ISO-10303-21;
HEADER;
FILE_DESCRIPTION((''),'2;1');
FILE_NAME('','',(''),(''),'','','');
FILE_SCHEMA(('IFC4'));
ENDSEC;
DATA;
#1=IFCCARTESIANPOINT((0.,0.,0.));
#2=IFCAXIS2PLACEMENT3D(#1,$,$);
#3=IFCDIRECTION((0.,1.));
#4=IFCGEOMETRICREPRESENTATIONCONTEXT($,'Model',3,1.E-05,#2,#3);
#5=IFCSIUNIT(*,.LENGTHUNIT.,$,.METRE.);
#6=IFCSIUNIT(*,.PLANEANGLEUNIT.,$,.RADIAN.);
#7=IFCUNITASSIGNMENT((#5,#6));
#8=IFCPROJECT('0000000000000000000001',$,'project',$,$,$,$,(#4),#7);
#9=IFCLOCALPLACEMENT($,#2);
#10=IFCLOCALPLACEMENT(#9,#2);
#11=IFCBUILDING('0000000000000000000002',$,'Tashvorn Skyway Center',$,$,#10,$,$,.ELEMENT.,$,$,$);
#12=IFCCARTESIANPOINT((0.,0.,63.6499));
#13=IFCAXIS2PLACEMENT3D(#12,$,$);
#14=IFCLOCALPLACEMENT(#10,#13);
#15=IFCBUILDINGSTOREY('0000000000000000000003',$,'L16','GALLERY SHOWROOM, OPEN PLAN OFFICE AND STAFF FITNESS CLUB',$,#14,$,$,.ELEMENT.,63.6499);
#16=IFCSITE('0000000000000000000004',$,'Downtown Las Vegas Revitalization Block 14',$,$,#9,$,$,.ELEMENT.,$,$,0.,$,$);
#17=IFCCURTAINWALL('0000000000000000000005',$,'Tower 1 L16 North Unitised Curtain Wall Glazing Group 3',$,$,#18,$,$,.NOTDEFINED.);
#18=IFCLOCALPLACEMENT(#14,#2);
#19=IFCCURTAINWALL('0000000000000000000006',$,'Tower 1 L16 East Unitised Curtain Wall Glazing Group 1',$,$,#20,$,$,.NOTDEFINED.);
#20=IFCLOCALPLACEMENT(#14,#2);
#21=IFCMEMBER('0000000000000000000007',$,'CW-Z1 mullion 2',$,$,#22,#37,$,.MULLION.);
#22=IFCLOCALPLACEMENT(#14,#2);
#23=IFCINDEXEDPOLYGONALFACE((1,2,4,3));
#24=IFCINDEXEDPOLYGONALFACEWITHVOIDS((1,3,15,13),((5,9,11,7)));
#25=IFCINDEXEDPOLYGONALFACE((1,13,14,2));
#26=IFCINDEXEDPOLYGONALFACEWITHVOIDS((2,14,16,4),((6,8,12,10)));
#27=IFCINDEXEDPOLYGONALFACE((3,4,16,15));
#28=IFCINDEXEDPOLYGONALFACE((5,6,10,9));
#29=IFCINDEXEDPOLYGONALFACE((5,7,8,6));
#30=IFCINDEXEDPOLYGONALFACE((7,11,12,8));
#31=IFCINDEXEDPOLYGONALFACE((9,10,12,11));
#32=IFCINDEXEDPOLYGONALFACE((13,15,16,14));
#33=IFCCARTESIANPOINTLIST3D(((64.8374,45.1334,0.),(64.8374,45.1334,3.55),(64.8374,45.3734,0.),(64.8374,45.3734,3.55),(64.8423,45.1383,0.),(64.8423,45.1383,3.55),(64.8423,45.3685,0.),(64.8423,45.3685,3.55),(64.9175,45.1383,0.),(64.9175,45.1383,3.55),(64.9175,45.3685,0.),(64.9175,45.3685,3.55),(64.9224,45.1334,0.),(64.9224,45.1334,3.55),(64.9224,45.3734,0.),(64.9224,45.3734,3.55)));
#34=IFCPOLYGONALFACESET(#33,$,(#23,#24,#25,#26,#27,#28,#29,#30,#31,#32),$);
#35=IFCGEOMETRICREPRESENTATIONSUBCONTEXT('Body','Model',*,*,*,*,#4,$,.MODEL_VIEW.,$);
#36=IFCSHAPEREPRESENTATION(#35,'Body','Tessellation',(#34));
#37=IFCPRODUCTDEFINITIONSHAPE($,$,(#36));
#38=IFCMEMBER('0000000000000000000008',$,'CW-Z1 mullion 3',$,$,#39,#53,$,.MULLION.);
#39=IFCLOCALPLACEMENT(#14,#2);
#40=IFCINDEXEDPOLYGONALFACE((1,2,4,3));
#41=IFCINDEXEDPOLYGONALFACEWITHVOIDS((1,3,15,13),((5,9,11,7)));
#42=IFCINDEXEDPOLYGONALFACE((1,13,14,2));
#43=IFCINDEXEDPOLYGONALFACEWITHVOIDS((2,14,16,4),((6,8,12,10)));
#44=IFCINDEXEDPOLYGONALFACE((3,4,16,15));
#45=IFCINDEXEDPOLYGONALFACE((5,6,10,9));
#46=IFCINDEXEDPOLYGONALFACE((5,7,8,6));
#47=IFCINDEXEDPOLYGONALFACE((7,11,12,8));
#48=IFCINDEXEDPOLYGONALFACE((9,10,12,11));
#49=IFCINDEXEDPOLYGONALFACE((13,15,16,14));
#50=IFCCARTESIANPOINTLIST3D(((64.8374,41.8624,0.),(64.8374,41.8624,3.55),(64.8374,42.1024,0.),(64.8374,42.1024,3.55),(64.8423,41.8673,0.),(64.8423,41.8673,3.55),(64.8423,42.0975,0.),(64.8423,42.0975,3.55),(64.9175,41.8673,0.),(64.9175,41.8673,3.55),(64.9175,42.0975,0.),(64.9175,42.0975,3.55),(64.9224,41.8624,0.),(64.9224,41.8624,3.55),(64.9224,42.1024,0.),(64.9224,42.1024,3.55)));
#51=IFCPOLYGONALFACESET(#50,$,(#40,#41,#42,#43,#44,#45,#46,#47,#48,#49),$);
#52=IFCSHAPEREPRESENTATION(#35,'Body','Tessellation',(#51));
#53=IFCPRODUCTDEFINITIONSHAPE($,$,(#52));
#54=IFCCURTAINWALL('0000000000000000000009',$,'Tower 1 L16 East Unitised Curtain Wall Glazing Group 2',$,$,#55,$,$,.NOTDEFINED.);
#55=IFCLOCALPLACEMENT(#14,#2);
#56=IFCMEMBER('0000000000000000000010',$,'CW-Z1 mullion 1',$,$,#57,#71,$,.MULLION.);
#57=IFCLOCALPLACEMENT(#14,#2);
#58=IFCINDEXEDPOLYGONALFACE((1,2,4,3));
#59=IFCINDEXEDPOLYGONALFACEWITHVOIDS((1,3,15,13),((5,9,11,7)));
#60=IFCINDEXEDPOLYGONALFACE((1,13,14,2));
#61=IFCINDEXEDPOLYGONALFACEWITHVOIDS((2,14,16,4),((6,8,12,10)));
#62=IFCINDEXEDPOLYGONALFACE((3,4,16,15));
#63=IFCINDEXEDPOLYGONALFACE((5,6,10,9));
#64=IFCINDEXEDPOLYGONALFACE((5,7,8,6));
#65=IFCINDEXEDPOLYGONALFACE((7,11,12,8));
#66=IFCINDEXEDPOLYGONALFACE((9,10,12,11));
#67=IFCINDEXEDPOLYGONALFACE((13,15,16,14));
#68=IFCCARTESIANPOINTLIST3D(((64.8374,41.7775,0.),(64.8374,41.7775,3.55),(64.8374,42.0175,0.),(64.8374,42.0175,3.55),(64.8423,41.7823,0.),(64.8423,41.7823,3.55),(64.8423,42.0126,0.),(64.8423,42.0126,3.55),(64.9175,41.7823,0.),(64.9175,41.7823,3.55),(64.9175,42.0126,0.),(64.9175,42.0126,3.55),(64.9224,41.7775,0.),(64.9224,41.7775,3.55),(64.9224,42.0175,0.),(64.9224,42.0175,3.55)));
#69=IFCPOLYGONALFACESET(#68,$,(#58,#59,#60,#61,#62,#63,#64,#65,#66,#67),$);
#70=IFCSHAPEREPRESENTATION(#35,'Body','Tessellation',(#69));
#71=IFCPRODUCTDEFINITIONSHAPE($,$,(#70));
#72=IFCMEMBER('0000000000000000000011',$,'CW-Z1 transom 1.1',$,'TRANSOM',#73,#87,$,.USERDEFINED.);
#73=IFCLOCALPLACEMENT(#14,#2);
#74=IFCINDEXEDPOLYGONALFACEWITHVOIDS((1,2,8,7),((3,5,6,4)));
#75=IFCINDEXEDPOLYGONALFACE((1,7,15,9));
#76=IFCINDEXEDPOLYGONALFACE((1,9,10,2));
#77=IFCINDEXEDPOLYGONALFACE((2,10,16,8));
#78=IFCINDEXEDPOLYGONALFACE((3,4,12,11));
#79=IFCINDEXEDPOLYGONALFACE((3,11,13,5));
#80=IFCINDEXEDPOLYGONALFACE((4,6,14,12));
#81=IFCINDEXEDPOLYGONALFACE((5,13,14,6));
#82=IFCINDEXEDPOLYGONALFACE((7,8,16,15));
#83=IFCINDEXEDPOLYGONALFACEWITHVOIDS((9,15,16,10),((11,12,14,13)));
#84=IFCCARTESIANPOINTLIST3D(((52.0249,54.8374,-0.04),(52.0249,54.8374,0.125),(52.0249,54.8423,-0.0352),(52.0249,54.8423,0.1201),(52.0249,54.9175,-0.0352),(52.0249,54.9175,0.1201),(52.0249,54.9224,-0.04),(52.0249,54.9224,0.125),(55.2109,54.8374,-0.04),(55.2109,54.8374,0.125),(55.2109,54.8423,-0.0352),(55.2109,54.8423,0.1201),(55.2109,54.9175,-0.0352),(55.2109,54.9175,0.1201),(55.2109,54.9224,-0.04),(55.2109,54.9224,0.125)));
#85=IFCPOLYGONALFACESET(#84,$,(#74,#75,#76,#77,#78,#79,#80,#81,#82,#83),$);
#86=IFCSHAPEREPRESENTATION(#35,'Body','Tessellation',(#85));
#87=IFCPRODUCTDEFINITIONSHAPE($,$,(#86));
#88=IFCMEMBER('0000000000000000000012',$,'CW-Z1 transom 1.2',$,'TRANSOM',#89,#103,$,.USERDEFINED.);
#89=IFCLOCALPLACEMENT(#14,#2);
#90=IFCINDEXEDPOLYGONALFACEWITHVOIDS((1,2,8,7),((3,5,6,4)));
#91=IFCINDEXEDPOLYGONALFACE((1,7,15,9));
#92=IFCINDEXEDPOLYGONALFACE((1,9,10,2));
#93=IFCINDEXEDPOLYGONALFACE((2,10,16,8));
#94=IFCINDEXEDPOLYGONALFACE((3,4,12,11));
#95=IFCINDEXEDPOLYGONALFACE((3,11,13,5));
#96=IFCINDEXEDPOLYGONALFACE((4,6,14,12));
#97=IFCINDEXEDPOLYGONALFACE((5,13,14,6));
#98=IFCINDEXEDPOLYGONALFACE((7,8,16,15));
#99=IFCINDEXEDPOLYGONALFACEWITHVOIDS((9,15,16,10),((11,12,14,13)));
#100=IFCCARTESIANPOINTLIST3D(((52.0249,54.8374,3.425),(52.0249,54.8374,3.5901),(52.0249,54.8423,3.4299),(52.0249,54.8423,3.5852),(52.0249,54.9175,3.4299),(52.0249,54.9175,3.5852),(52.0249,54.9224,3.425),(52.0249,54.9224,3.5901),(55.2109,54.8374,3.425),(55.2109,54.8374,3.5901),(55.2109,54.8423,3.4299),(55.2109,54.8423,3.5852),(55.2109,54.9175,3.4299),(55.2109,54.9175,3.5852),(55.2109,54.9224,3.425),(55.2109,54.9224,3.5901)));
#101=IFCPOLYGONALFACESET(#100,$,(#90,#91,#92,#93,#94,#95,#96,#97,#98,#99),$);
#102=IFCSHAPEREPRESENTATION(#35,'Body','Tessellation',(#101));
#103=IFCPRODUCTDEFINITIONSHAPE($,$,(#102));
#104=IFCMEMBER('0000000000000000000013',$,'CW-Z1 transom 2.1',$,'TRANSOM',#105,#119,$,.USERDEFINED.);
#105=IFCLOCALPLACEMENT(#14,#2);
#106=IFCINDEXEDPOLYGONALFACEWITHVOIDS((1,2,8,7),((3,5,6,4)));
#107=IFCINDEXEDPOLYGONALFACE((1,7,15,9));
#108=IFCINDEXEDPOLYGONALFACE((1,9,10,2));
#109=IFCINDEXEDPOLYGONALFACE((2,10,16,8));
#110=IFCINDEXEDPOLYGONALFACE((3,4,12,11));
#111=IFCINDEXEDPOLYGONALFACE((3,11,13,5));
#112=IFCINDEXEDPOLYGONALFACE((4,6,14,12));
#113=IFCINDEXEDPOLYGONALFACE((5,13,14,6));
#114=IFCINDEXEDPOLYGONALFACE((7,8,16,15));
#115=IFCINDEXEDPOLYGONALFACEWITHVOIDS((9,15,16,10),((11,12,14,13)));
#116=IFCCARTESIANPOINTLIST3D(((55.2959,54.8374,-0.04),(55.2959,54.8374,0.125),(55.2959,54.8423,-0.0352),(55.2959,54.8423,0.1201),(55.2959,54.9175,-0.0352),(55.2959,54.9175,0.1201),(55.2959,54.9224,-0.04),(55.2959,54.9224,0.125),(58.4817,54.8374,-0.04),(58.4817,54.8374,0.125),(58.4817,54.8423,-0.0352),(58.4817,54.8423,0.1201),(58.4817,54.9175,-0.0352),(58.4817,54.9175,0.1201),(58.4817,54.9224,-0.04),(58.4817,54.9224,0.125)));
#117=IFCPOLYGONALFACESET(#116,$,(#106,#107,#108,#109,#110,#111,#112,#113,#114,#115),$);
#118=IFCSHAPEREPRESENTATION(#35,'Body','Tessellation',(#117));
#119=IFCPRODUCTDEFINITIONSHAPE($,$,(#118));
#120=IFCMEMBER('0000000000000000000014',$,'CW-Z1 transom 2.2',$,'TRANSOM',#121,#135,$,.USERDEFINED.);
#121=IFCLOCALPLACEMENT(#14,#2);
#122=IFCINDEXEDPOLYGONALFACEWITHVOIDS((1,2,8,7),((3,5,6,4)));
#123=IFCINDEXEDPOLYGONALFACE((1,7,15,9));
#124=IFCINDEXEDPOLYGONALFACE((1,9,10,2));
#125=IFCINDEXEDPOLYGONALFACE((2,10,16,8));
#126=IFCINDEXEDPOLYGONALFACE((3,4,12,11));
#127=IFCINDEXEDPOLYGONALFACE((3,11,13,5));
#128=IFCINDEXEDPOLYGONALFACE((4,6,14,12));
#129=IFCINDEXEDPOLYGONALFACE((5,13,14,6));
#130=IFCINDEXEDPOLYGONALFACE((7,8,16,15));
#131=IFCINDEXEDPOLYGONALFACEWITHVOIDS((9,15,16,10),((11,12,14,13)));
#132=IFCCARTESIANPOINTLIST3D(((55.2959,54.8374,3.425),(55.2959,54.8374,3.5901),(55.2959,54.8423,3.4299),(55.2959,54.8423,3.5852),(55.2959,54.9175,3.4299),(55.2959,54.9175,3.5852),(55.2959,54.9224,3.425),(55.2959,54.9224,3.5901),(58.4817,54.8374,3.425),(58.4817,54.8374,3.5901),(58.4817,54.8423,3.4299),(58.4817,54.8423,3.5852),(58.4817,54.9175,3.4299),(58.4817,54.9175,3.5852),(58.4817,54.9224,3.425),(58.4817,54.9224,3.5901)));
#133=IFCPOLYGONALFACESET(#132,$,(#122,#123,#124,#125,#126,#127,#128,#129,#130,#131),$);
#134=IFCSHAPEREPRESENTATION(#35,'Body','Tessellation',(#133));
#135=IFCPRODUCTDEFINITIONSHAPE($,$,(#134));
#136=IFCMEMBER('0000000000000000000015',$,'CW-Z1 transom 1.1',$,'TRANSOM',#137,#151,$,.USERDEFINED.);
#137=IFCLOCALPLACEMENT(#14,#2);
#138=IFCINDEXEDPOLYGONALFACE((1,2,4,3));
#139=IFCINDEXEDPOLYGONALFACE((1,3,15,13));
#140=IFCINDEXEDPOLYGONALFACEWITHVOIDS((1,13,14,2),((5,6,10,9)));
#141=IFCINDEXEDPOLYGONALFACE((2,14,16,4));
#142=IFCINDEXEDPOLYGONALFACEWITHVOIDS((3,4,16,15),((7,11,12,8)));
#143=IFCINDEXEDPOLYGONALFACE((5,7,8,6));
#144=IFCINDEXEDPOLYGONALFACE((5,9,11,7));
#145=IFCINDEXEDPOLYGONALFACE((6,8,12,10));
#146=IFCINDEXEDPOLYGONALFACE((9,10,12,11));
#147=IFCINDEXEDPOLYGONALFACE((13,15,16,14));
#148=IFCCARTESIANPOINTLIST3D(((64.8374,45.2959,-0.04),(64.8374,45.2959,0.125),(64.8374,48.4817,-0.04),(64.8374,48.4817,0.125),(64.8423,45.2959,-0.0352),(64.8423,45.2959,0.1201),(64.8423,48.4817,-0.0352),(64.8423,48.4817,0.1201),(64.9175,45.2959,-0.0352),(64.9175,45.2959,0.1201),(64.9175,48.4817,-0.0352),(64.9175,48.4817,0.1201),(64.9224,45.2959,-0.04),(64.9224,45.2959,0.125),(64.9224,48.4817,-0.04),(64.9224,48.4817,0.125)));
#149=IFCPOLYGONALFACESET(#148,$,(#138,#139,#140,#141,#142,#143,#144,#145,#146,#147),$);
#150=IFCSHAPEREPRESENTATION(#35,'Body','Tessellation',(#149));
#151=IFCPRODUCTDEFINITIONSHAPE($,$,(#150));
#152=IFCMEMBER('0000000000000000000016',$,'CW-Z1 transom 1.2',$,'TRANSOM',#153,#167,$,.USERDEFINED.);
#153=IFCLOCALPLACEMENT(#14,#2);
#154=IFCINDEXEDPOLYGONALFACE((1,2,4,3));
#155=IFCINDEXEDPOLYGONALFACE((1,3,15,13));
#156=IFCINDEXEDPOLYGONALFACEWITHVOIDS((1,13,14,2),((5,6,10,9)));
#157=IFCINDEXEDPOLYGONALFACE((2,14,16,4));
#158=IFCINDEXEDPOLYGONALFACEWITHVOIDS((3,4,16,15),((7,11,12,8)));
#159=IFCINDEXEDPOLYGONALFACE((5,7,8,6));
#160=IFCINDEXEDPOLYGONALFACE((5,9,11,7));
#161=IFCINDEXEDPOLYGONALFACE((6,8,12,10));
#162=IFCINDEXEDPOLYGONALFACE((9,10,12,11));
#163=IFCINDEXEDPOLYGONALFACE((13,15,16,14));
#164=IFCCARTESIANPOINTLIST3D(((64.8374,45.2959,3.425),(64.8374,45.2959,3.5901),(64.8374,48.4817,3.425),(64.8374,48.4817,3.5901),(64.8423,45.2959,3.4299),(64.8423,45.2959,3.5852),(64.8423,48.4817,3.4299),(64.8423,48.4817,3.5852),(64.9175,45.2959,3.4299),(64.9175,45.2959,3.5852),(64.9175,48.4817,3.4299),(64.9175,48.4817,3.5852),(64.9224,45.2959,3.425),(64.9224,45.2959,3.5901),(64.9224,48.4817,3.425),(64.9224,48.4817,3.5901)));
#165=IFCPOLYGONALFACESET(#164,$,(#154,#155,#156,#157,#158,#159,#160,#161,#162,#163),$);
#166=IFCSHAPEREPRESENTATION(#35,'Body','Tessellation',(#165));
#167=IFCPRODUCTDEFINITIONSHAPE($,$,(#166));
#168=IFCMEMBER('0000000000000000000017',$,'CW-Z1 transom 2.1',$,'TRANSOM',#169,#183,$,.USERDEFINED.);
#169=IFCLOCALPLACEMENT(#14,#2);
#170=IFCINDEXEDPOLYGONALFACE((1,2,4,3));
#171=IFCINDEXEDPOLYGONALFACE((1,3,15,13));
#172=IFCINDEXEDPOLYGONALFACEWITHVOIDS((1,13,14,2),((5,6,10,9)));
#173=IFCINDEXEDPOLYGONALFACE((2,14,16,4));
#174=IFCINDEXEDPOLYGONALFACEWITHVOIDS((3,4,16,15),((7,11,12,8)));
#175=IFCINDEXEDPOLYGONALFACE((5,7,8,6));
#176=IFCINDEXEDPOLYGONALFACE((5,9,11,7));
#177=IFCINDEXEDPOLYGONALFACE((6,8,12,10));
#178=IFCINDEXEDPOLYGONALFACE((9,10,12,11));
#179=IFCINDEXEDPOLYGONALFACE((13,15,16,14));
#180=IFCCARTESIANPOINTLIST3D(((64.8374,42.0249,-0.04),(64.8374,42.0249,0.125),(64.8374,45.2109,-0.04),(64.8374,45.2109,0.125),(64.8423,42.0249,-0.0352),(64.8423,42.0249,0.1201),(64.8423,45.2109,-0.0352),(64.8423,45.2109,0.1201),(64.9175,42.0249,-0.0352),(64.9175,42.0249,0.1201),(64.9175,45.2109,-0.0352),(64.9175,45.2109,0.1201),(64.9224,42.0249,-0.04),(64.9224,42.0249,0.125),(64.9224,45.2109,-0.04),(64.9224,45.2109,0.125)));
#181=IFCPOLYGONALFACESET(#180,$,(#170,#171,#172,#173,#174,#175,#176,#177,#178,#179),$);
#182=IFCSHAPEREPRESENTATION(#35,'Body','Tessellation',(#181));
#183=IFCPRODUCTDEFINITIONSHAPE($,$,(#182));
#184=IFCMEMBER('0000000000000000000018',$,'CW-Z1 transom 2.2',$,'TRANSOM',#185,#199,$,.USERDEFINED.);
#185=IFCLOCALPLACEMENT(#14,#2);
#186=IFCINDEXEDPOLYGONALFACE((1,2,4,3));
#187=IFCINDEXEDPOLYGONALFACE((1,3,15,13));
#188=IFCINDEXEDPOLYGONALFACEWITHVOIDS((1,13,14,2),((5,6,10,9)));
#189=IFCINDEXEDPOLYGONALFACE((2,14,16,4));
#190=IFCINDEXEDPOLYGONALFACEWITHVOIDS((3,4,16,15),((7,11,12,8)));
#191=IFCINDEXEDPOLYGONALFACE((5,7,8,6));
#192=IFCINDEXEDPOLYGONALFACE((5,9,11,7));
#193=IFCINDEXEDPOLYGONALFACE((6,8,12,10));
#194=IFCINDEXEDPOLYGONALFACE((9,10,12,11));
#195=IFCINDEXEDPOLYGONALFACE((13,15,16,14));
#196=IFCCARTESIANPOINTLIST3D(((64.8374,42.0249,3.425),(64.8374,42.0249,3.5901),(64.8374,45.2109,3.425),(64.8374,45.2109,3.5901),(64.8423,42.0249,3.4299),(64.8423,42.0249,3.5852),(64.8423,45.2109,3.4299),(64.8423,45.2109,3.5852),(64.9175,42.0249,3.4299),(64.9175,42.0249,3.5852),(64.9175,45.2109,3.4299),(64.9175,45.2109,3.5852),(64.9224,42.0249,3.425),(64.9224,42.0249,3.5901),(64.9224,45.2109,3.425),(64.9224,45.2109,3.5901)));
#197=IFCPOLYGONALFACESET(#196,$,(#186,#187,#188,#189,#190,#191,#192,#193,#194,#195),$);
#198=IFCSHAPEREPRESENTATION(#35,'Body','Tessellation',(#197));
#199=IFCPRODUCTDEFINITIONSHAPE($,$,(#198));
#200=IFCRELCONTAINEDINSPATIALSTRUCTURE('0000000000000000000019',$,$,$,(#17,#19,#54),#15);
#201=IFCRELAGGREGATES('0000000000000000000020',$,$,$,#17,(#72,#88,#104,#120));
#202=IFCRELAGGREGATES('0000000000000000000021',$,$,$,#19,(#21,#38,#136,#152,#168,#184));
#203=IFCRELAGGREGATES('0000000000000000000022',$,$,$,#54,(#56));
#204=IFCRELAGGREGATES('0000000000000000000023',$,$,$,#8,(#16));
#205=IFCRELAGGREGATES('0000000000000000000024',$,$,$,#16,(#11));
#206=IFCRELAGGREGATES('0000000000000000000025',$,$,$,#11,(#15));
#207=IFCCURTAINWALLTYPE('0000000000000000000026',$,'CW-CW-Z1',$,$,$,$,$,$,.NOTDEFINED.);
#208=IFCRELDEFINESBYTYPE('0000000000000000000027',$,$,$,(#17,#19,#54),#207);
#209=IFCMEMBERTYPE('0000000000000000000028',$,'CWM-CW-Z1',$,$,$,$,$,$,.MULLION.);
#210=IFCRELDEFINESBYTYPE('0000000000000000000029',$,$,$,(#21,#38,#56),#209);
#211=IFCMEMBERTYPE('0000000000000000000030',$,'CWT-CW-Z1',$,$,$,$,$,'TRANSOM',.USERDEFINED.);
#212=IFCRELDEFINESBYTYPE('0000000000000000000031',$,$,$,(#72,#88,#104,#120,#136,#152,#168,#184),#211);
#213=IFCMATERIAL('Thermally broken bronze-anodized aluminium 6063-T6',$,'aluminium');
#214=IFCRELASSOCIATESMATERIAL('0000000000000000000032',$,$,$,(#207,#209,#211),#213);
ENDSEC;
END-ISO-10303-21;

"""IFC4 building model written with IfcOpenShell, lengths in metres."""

from ifc_helpers import new_model, si_unit, direction, frame, origin, origin_2d, place, context, subcontext, project, spatial, hollow_rectangle, extrude, material, material_profile, profile_set, type_object, element, aggregate, save


model = new_model("IFC4")

# Units and contexts
model_context = context("Model", 3, precision=1e-05, world=origin(), true_north=direction((0.0, 1.0)))
body_context = subcontext(model_context, "Body", "Model", "MODEL_VIEW")
ifc_project = project(units=[si_unit("LENGTHUNIT", "METRE"), si_unit("PLANEANGLEUNIT", "RADIAN")], contexts=[model_context])

# Site, building, storey
site_placement = place(None, origin())
site = spatial("IfcSite", under=ifc_project, at=site_placement, Name="Downtown Las Vegas Revitalization Block 14", CompositionType="ELEMENT", RefElevation=0.0)
building_placement = place(site_placement, origin())
building = spatial("IfcBuilding", under=site, at=building_placement, Name="Tashvorn Skyway Center", CompositionType="ELEMENT")
storey_placement = place(building_placement, frame((0.0, 0.0, 63.6499)))
storey = spatial("IfcBuildingStorey", under=building, at=storey_placement, Name="L16", Description="GALLERY SHOWROOM, OPEN PLAN OFFICE AND STAFF FITNESS CLUB", CompositionType="ELEMENT", Elevation=63.6499)

# Curtain walls, members
ifc_material_1 = material(Name="Thermally broken bronze-anodized aluminium 6063-T6", Category="aluminium")
curtain_wall_type = type_object("IfcCurtainWallType", Name="CW-CW-Z1", PredefinedType="NOTDEFINED", material=ifc_material_1)
curtain_wall_1_placement = place(storey_placement, origin())
curtain_wall_1 = element("IfcCurtainWall", 1, at=curtain_wall_1_placement, inside=storey, type_object=curtain_wall_type, Name="Tower 1 L16 North Unitised Curtain Wall Glazing Group 3", PredefinedType="NOTDEFINED")
ifc_material_profile_1 = material_profile(ifc_material_1, hollow_rectangle(XDim=0.085, YDim=0.24, WallThickness=0.0049, at=origin_2d()), Name="ALU-MULL-85x240")
ifc_profile_set_1 = profile_set([ifc_material_profile_1], Name="Thermally broken bronze-anodized aluminium 6063-T6")
member_type_1 = type_object("IfcMemberType", Name="CWM-CW-Z1", PredefinedType="MULLION", material=ifc_profile_set_1)
curtain_wall_2_placement = place(storey_placement, origin())
curtain_wall_2 = element("IfcCurtainWall", 2, at=curtain_wall_2_placement, inside=storey, type_object=curtain_wall_type, Name="Tower 1 L16 East Unitised Curtain Wall Glazing Group 1", PredefinedType="NOTDEFINED")
member_1_placement = place(storey_placement, frame((64.8799, 45.2534, 0.0), z_axis=(0.0, 0.0, 1.0), x_axis=(1.0, 0.0, 0.0)))
member_1 = element("IfcMember", 3, at=member_1_placement, type_object=member_type_1, Name="CW-Z1 mullion 2", PredefinedType="MULLION", context=body_context, shape_type="SweptSolid", body=[
    extrude(hollow_rectangle(XDim=0.085, YDim=0.24, WallThickness=0.0049, at=origin_2d()), origin(), (0.0, 0.0, 1.0), 3.55),
])
member_2_placement = place(storey_placement, frame((64.8799, 41.9824, 0.0), z_axis=(0.0, 0.0, 1.0), x_axis=(1.0, 0.0, 0.0)))
member_2 = element("IfcMember", 4, at=member_2_placement, type_object=member_type_1, Name="CW-Z1 mullion 3", PredefinedType="MULLION", context=body_context, shape_type="SweptSolid", body=[
    extrude(hollow_rectangle(XDim=0.085, YDim=0.24, WallThickness=0.0049, at=origin_2d()), origin(), (0.0, 0.0, 1.0), 3.55),
])

# Curtain wall, member
curtain_wall_3_placement = place(storey_placement, origin())
curtain_wall_3 = element("IfcCurtainWall", 5, at=curtain_wall_3_placement, inside=storey, type_object=curtain_wall_type, Name="Tower 1 L16 East Unitised Curtain Wall Glazing Group 2", PredefinedType="NOTDEFINED")
member_3_placement = place(storey_placement, frame((64.8799, 41.8975, 0.0), z_axis=(0.0, 0.0, 1.0), x_axis=(1.0, 0.0, 0.0)))
member_3 = element("IfcMember", 6, at=member_3_placement, type_object=member_type_1, Name="CW-Z1 mullion 1", PredefinedType="MULLION", context=body_context, shape_type="SweptSolid", body=[
    extrude(hollow_rectangle(XDim=0.085, YDim=0.24, WallThickness=0.0049, at=origin_2d()), origin(), (0.0, 0.0, 1.0), 3.55),
])

# Members
ifc_material_profile_2 = material_profile(ifc_material_1, hollow_rectangle(XDim=0.085, YDim=0.165, WallThickness=0.0049, at=origin_2d()), Name="ALU-TRAN-85x165")
ifc_profile_set_2 = profile_set([ifc_material_profile_2], Name="Thermally broken bronze-anodized aluminium 6063-T6")
member_type_2 = type_object("IfcMemberType", Name="CWT-CW-Z1", ElementType="TRANSOM", PredefinedType="USERDEFINED", material=ifc_profile_set_2)
member_4_placement = place(storey_placement, frame((52.0249, 54.8799, 0.0425), z_axis=(1.0, 0.0, 0.0), x_axis=(0.0, 1.0, 0.0)))
member_4 = element("IfcMember", 7, at=member_4_placement, type_object=member_type_2, Name="CW-Z1 transom 1.1", ObjectType="TRANSOM", PredefinedType="USERDEFINED", context=body_context, shape_type="SweptSolid", body=[
    extrude(hollow_rectangle(XDim=0.085, YDim=0.165, WallThickness=0.0049, at=origin_2d()), origin(), (0.0, 0.0, 1.0), 3.186),
])
member_5_placement = place(storey_placement, frame((52.0249, 54.8799, 3.5076), z_axis=(1.0, 0.0, 0.0), x_axis=(0.0, 1.0, 0.0)))
member_5 = element("IfcMember", 8, at=member_5_placement, type_object=member_type_2, Name="CW-Z1 transom 1.2", ObjectType="TRANSOM", PredefinedType="USERDEFINED", context=body_context, shape_type="SweptSolid", body=[
    extrude(hollow_rectangle(XDim=0.085, YDim=0.165, WallThickness=0.0049, at=origin_2d()), origin(), (0.0, 0.0, 1.0), 3.186),
])
member_6_placement = place(storey_placement, frame((55.2959, 54.8799, 0.0425), z_axis=(1.0, 0.0, 0.0), x_axis=(0.0, 1.0, 0.0)))
member_6 = element("IfcMember", 9, at=member_6_placement, type_object=member_type_2, Name="CW-Z1 transom 2.1", ObjectType="TRANSOM", PredefinedType="USERDEFINED", context=body_context, shape_type="SweptSolid", body=[
    extrude(hollow_rectangle(XDim=0.085, YDim=0.165, WallThickness=0.0049, at=origin_2d()), origin(), (0.0, 0.0, 1.0), 3.1858),
])
member_7_placement = place(storey_placement, frame((55.2959, 54.8799, 3.5076), z_axis=(1.0, 0.0, 0.0), x_axis=(0.0, 1.0, 0.0)))
member_7 = element("IfcMember", 10, at=member_7_placement, type_object=member_type_2, Name="CW-Z1 transom 2.2", ObjectType="TRANSOM", PredefinedType="USERDEFINED", context=body_context, shape_type="SweptSolid", body=[
    extrude(hollow_rectangle(XDim=0.085, YDim=0.165, WallThickness=0.0049, at=origin_2d()), origin(), (0.0, 0.0, 1.0), 3.1858),
])
member_8_placement = place(storey_placement, frame((64.8799, 48.4817, 0.0425), z_axis=(0.0, -1.0, 0.0), x_axis=(1.0, 0.0, 0.0)))
member_8 = element("IfcMember", 11, at=member_8_placement, type_object=member_type_2, Name="CW-Z1 transom 1.1", ObjectType="TRANSOM", PredefinedType="USERDEFINED", context=body_context, shape_type="SweptSolid", body=[
    extrude(hollow_rectangle(XDim=0.085, YDim=0.165, WallThickness=0.0049, at=origin_2d()), origin(), (0.0, 0.0, 1.0), 3.1858),
])
member_9_placement = place(storey_placement, frame((64.8799, 48.4817, 3.5076), z_axis=(0.0, -1.0, 0.0), x_axis=(1.0, 0.0, 0.0)))
member_9 = element("IfcMember", 12, at=member_9_placement, type_object=member_type_2, Name="CW-Z1 transom 1.2", ObjectType="TRANSOM", PredefinedType="USERDEFINED", context=body_context, shape_type="SweptSolid", body=[
    extrude(hollow_rectangle(XDim=0.085, YDim=0.165, WallThickness=0.0049, at=origin_2d()), origin(), (0.0, 0.0, 1.0), 3.1858),
])
member_10_placement = place(storey_placement, frame((64.8799, 45.2109, 0.0425), z_axis=(0.0, -1.0, 0.0), x_axis=(1.0, 0.0, 0.0)))
member_10 = element("IfcMember", 13, at=member_10_placement, type_object=member_type_2, Name="CW-Z1 transom 2.1", ObjectType="TRANSOM", PredefinedType="USERDEFINED", context=body_context, shape_type="SweptSolid", body=[
    extrude(hollow_rectangle(XDim=0.085, YDim=0.165, WallThickness=0.0049, at=origin_2d()), origin(), (0.0, 0.0, 1.0), 3.186),
])
member_11_placement = place(storey_placement, frame((64.8799, 45.2109, 3.5076), z_axis=(0.0, -1.0, 0.0), x_axis=(1.0, 0.0, 0.0)))
member_11 = element("IfcMember", 14, at=member_11_placement, type_object=member_type_2, Name="CW-Z1 transom 2.2", ObjectType="TRANSOM", PredefinedType="USERDEFINED", context=body_context, shape_type="SweptSolid", body=[
    extrude(hollow_rectangle(XDim=0.085, YDim=0.165, WallThickness=0.0049, at=origin_2d()), origin(), (0.0, 0.0, 1.0), 3.186),
])

aggregate(curtain_wall_1, [member_4, member_5, member_6, member_7])
aggregate(curtain_wall_2, [member_1, member_2, member_8, member_9, member_10, member_11])
aggregate(curtain_wall_3, [member_3])

save(model, "model.ifc")
